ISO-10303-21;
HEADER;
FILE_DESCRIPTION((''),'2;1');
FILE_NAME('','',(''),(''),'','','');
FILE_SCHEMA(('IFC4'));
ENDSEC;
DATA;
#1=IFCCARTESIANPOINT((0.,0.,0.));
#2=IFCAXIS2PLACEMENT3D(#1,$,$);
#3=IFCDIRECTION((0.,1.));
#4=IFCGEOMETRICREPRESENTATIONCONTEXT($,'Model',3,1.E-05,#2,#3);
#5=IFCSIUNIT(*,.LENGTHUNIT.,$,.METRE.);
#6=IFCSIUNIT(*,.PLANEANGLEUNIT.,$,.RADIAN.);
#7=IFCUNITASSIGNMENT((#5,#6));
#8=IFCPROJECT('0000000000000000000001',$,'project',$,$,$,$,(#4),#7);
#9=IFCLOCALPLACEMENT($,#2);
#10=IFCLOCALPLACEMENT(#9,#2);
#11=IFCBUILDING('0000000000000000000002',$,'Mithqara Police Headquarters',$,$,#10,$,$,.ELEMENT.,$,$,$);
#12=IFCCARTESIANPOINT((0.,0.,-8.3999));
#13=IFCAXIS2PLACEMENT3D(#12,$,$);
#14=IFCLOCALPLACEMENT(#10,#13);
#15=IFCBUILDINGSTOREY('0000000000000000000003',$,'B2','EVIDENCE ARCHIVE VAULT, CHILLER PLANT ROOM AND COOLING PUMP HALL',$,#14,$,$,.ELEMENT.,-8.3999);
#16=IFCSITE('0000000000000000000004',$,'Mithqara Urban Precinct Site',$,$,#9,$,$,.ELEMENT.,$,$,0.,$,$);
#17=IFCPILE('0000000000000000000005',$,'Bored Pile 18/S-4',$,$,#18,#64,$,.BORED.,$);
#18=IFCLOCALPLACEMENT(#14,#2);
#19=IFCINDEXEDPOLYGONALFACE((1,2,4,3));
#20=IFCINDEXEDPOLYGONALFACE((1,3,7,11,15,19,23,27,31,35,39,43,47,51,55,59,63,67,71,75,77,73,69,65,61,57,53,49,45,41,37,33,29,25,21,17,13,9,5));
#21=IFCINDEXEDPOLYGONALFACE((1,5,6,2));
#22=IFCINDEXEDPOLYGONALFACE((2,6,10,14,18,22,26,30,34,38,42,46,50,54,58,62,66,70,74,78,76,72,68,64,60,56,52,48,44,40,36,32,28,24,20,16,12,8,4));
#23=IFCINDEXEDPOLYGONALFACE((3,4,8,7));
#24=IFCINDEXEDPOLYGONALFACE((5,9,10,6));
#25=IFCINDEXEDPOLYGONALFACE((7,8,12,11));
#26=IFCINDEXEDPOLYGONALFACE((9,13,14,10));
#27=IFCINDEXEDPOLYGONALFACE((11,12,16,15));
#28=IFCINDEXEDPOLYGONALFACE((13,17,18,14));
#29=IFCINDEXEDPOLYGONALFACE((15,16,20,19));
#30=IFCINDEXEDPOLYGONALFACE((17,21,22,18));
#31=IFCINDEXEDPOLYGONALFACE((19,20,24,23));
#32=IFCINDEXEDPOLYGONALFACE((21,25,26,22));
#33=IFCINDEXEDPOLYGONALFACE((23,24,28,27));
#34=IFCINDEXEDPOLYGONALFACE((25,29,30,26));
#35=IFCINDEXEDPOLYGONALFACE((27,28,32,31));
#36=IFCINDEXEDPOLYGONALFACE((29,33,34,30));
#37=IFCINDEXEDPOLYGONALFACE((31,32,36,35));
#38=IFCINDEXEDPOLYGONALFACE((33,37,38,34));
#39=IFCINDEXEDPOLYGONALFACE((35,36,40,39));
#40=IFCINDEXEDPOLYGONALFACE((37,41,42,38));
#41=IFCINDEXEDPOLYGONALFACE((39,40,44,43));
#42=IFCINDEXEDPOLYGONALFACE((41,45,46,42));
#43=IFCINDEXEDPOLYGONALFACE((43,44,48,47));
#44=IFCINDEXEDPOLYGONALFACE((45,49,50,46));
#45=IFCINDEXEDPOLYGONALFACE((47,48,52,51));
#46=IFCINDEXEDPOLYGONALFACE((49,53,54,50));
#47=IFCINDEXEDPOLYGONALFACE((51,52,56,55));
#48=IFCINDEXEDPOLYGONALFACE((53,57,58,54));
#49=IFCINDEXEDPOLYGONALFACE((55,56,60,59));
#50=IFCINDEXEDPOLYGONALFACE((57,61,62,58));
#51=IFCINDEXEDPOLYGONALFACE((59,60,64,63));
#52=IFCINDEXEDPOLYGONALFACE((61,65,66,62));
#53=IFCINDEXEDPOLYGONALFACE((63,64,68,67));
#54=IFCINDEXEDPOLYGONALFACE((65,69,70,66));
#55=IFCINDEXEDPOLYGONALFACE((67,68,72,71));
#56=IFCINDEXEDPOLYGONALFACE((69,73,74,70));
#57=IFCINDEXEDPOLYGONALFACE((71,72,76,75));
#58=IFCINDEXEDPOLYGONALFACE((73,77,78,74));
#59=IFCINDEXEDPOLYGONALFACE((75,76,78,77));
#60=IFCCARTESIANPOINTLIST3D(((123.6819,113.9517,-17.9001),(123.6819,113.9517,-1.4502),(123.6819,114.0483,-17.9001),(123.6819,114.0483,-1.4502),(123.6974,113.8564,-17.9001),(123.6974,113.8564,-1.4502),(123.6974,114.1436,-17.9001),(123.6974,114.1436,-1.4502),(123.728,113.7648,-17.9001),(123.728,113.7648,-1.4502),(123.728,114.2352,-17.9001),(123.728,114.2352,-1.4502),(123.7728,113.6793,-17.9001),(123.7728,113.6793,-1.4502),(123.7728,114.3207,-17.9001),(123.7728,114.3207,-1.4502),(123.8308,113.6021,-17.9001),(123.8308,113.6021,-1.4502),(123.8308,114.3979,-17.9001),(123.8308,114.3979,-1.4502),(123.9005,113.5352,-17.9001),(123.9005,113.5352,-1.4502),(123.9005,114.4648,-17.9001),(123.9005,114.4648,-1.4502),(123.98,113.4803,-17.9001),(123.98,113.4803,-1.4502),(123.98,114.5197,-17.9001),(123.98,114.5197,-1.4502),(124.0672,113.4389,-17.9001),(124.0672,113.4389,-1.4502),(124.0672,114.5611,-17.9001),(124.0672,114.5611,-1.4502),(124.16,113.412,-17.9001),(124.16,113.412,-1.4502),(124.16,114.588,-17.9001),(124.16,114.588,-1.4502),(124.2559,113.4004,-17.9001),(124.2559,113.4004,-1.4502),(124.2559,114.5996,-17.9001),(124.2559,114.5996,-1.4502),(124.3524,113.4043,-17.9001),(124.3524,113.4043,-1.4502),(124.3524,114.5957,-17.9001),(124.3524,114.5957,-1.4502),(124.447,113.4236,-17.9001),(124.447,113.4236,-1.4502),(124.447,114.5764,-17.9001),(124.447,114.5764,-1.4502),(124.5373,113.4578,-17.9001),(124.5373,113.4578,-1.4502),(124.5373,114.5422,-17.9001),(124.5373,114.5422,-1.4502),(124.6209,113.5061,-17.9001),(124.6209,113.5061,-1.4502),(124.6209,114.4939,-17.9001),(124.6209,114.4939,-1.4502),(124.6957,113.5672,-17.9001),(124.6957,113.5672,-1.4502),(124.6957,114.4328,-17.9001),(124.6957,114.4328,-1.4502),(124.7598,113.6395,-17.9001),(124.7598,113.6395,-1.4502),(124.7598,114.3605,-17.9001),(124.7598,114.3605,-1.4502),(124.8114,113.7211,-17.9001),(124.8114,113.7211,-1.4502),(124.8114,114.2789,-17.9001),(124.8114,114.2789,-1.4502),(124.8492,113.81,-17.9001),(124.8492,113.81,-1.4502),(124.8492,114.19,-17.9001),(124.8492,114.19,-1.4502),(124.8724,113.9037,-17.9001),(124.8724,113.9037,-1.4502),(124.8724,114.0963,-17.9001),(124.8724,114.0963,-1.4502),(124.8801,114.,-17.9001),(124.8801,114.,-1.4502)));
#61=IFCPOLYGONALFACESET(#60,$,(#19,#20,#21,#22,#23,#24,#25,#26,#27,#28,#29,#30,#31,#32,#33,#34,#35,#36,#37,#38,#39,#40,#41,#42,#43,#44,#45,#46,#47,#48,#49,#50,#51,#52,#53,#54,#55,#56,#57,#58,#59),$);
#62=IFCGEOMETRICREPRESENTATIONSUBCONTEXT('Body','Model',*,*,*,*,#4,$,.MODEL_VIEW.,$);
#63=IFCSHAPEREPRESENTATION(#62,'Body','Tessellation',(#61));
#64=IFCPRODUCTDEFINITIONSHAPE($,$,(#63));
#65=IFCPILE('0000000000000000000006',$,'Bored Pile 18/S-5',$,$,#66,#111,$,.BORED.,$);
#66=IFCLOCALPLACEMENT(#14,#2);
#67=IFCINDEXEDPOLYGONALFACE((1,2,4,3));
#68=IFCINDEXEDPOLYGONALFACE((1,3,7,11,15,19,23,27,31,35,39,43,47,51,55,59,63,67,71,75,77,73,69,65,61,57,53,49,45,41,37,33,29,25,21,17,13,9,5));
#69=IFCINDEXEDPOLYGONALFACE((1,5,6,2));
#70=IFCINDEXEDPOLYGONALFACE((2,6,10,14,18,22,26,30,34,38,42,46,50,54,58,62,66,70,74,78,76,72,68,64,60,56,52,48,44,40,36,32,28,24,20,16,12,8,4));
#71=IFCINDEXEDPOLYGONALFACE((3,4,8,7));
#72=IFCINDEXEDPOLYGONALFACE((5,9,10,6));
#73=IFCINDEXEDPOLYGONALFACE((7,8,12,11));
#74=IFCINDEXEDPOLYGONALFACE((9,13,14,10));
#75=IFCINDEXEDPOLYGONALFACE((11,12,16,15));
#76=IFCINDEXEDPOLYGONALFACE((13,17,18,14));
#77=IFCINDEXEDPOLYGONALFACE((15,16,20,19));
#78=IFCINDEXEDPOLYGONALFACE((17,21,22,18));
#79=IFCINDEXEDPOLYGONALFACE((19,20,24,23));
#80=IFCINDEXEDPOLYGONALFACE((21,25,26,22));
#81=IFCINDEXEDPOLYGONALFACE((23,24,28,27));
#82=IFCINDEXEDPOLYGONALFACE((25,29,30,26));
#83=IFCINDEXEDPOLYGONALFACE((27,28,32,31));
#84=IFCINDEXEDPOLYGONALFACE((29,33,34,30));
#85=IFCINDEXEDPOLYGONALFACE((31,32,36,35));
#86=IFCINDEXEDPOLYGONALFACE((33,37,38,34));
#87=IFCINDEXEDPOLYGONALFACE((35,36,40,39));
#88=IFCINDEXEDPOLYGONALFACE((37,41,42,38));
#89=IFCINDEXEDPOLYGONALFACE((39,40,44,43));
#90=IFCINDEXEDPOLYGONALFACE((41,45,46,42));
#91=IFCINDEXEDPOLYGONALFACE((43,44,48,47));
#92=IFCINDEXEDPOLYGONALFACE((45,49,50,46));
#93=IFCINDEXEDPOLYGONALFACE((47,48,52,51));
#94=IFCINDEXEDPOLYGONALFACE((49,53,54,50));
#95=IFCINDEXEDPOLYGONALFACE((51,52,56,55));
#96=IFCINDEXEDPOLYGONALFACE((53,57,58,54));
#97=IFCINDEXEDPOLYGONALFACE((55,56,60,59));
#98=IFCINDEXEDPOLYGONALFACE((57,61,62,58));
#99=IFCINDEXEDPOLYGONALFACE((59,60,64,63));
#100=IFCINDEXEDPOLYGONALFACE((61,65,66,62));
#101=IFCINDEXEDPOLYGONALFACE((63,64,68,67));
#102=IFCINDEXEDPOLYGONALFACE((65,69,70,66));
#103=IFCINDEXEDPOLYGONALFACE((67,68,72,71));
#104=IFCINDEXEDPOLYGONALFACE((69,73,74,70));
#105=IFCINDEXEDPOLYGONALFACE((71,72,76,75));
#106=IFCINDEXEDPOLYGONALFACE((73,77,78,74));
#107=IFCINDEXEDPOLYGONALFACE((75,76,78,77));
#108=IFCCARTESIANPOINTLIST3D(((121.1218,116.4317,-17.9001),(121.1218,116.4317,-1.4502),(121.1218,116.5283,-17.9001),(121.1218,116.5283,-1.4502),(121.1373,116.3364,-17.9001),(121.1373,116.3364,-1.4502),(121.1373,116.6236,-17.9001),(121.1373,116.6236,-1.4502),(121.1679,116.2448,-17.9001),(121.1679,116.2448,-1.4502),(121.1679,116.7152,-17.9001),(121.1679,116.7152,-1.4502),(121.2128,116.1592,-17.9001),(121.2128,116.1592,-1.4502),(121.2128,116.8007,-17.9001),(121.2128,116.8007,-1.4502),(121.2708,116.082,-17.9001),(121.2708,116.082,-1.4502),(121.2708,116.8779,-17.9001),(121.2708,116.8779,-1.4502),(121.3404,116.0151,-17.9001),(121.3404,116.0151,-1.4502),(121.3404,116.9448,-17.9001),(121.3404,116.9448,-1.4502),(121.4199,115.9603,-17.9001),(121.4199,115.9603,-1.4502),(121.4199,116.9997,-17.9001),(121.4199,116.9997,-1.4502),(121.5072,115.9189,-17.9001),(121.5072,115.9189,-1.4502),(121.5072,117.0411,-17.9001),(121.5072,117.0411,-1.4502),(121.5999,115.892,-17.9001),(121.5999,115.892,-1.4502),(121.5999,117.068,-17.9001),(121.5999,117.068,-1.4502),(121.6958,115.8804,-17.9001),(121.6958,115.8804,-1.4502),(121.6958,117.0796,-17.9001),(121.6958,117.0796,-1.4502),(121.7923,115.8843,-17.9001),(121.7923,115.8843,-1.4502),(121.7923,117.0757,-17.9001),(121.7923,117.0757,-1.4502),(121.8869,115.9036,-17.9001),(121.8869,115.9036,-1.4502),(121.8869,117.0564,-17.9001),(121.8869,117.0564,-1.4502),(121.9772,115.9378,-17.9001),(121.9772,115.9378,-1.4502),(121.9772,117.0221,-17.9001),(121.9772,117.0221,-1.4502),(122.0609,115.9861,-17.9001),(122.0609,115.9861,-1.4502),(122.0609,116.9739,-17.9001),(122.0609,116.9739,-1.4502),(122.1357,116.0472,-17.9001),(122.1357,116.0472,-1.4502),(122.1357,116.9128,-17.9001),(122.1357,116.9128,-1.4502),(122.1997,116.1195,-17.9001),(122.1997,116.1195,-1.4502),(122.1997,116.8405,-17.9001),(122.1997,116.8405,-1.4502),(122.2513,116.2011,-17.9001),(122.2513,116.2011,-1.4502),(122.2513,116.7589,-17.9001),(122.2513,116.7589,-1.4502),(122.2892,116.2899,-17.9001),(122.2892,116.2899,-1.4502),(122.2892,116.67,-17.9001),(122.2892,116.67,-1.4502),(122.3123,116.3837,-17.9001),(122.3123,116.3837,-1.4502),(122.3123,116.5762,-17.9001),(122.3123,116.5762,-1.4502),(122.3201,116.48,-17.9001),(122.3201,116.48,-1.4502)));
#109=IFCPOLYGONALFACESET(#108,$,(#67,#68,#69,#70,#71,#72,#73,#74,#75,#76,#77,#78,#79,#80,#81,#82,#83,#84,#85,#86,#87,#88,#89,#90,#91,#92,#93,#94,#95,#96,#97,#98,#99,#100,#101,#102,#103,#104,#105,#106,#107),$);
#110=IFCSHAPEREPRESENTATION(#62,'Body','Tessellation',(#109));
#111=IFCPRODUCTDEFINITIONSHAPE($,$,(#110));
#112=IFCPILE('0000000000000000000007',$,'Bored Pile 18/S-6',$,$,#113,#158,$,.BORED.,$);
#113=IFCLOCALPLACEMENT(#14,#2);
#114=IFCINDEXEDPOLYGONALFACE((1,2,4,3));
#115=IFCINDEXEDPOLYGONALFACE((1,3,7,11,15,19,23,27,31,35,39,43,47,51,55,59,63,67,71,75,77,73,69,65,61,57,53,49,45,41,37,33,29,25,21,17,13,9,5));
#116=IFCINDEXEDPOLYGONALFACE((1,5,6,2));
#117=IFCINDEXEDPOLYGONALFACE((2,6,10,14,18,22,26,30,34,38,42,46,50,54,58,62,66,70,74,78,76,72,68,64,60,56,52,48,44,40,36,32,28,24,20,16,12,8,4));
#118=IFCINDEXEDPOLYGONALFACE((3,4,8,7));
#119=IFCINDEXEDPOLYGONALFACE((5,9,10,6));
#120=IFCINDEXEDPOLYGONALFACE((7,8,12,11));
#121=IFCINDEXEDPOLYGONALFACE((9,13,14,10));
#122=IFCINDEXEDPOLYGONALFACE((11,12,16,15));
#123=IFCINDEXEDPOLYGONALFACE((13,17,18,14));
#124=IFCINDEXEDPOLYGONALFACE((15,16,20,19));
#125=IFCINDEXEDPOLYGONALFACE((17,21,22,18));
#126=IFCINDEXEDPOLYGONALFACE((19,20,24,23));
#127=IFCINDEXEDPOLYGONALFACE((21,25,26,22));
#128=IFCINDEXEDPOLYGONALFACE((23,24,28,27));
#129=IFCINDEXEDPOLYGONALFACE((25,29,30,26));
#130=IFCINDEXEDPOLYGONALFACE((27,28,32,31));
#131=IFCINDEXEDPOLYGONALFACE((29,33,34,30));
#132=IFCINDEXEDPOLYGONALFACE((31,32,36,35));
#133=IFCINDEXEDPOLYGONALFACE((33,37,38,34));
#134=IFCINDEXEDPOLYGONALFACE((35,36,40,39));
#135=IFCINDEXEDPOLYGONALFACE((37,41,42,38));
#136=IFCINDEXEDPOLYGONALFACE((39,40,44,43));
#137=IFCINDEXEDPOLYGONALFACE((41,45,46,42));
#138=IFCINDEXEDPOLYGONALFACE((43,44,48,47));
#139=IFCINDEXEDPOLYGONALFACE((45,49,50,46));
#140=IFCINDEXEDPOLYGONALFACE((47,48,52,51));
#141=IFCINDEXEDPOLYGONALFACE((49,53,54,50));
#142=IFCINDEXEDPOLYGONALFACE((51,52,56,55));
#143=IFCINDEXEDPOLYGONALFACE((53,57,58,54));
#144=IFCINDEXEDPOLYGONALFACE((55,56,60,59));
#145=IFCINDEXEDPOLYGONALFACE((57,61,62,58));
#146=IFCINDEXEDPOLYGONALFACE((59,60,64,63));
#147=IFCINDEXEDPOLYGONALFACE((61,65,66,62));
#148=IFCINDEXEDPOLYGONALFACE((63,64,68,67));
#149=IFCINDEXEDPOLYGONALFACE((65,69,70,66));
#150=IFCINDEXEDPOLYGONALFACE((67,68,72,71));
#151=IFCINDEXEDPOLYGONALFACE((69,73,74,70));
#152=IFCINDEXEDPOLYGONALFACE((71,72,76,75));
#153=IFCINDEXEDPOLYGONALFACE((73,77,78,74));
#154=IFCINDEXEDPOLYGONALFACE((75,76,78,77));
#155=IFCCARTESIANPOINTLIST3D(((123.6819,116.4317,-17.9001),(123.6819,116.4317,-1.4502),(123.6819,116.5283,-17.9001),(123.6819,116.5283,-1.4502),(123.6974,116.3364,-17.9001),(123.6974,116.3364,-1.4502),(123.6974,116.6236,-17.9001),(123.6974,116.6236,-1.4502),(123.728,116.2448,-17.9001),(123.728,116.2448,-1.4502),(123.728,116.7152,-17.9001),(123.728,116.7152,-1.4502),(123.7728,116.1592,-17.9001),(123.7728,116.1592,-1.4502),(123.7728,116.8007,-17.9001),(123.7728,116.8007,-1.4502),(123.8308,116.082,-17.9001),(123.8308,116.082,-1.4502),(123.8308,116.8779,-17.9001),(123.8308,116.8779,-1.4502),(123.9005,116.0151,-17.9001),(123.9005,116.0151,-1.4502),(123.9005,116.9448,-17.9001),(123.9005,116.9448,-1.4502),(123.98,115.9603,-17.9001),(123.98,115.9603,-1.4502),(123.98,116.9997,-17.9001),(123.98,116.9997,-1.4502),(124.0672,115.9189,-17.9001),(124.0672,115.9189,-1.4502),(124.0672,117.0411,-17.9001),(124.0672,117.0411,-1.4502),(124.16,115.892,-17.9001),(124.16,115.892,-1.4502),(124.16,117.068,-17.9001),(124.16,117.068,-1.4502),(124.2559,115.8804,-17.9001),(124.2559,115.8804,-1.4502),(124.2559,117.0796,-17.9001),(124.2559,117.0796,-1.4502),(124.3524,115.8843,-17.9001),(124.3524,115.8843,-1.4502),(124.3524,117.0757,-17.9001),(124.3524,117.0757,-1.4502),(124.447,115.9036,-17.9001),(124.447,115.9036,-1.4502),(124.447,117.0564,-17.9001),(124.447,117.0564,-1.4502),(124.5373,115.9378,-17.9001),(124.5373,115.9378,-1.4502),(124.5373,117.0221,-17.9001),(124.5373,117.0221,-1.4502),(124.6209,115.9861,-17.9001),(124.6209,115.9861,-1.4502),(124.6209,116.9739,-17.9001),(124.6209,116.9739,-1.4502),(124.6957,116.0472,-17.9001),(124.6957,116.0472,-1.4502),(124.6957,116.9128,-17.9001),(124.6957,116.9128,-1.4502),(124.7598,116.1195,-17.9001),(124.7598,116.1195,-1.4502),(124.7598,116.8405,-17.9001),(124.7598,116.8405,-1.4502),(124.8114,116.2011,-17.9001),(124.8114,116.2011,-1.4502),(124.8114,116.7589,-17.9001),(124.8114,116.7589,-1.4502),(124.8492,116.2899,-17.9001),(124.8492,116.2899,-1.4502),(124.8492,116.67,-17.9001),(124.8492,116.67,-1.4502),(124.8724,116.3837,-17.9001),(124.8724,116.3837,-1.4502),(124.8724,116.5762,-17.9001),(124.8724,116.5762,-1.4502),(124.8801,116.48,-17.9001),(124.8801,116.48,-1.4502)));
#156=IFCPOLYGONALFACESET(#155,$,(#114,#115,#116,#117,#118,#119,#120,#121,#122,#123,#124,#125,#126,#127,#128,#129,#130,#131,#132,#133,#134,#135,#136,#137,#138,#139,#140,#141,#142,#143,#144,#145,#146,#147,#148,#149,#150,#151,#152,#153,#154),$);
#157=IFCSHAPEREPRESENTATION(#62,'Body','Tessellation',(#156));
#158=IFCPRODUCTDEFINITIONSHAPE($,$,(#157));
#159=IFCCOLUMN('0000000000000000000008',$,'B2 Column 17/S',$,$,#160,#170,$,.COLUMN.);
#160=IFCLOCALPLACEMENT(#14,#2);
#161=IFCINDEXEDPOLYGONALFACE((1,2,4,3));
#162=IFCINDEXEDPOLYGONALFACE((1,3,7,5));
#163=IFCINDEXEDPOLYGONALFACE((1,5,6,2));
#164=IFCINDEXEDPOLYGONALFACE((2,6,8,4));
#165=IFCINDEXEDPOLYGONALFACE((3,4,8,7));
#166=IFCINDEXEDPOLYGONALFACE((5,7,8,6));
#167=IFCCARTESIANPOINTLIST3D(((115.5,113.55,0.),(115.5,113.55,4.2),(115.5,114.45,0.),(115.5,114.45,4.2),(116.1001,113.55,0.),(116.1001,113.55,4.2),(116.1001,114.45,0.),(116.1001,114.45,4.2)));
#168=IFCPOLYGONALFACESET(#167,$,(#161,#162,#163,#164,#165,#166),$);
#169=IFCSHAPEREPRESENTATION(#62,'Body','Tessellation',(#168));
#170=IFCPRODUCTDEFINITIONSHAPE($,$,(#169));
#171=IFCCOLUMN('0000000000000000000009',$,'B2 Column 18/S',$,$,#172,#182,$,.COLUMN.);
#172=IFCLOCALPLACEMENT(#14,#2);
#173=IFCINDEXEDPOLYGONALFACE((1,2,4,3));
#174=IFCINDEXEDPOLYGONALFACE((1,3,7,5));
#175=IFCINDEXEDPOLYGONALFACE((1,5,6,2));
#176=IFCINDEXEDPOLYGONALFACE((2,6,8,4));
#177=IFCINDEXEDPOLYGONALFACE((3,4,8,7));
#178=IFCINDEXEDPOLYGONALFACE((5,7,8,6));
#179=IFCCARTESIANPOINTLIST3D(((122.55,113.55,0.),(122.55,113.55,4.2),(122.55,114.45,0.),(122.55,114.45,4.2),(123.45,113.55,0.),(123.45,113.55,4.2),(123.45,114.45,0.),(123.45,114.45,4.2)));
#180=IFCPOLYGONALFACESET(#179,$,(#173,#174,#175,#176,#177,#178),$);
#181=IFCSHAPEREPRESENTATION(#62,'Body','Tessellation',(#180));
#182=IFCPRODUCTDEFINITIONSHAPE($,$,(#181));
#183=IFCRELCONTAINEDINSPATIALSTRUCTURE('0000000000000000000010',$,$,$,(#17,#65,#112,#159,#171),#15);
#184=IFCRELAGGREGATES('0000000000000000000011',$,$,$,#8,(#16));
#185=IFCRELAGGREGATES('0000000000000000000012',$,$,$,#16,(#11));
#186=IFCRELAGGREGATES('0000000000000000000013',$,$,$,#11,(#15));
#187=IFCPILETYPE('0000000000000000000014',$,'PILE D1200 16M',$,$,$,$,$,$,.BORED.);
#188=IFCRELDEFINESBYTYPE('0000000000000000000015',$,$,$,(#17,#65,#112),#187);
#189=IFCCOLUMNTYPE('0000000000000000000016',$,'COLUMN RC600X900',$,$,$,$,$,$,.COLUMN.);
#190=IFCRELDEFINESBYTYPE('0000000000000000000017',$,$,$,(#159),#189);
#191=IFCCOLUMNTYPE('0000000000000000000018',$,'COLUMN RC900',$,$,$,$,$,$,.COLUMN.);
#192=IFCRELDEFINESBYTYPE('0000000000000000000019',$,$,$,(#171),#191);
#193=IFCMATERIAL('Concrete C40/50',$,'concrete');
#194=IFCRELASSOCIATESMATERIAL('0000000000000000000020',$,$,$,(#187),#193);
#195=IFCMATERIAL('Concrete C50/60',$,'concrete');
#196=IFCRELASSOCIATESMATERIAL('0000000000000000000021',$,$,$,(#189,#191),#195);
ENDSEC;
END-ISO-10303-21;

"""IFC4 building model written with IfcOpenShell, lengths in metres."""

from ifc_helpers import new_model, si_unit, direction, frame, origin, origin_2d, place, context, subcontext, project, spatial, rectangle, circle, extrude, material, material_profile, profile_set, type_object, element, save


model = new_model("IFC4")

# Units and contexts
model_context = context("Model", 3, precision=1e-05, world=origin(), true_north=direction((0.0, 1.0)))
body_context = subcontext(model_context, "Body", "Model", "MODEL_VIEW")
ifc_project = project(units=[si_unit("LENGTHUNIT", "METRE"), si_unit("PLANEANGLEUNIT", "RADIAN")], contexts=[model_context])

# Site, building, storey
site_placement = place(None, origin())
site = spatial("IfcSite", under=ifc_project, at=site_placement, Name="Mithqara Urban Precinct Site", CompositionType="ELEMENT", RefElevation=0.0)
building_placement = place(site_placement, origin())
building = spatial("IfcBuilding", under=site, at=building_placement, Name="Mithqara Police Headquarters", CompositionType="ELEMENT")
storey_placement = place(building_placement, frame((0.0, 0.0, -8.3999)))
storey = spatial("IfcBuildingStorey", under=building, at=storey_placement, Name="B2", Description="EVIDENCE ARCHIVE VAULT, CHILLER PLANT ROOM AND COOLING PUMP HALL", CompositionType="ELEMENT", Elevation=-8.3999)

# Shared definitions
ifc_material_1 = material(Name="Concrete C40/50", Category="concrete")

# Piles
ifc_material_profile_1 = material_profile(ifc_material_1, circle(Radius=0.6001, at=origin_2d()), Name="PILE D1200")
ifc_profile_set_1 = profile_set([ifc_material_profile_1], Name="Concrete C40/50")
pile_type = type_object("IfcPileType", Name="PILE D1200 16M", PredefinedType="BORED", material=ifc_profile_set_1)
for number, where, z_axis, x_axis, name in (
    (1, (124.28, 114.0, -1.4502), (0.0, 0.0, -1.0), (1.0, 0.0, 0.0), "Bored Pile 18/S-4"),
    (2, (121.72, 116.48, -1.4502), (0.0, 0.0, -1.0), (1.0, 0.0, 0.0), "Bored Pile 18/S-5"),
    (3, (124.28, 116.48, -1.4502), (0.0, 0.0, -1.0), (1.0, 0.0, 0.0), "Bored Pile 18/S-6"),
):
    element("IfcPile", number, at=place(storey_placement, frame(where, z_axis=z_axis, x_axis=x_axis)), inside=storey, type_object=pile_type, Name=name, PredefinedType="BORED", context=body_context, shape_type="SweptSolid", body=[
        extrude(circle(Radius=0.6001, at=origin_2d()), origin(), (0.0, 0.0, 1.0), 16.45),
    ])

# Columns
ifc_material_2 = material(Name="Concrete C50/60", Category="concrete")
ifc_material_profile_2 = material_profile(ifc_material_2, rectangle(XDim=0.6001, YDim=0.8999, at=origin_2d()), Name="RC 600x900")
ifc_profile_set_2 = profile_set([ifc_material_profile_2], Name="Concrete C50/60")
column_type_1 = type_object("IfcColumnType", Name="COLUMN RC600X900", PredefinedType="COLUMN", material=ifc_profile_set_2)
column_1_placement = place(storey_placement, frame((115.8, 114.0, 0.0), z_axis=(0.0, 0.0, 1.0), x_axis=(1.0, 0.0, 0.0)))
element("IfcColumn", 4, at=column_1_placement, inside=storey, type_object=column_type_1, Name="B2 Column 17/S", PredefinedType="COLUMN", context=body_context, shape_type="SweptSolid", body=[
    extrude(rectangle(XDim=0.6001, YDim=0.8999, at=origin_2d()), origin(), (0.0, 0.0, 1.0), 4.2),
])
ifc_material_profile_3 = material_profile(ifc_material_2, rectangle(XDim=0.8999, YDim=0.8999, at=origin_2d()), Name="RC 900x900")
ifc_profile_set_3 = profile_set([ifc_material_profile_3], Name="Concrete C50/60")
column_type_2 = type_object("IfcColumnType", Name="COLUMN RC900", PredefinedType="COLUMN", material=ifc_profile_set_3)
column_2_placement = place(storey_placement, frame((123.0, 114.0, 0.0), z_axis=(0.0, 0.0, 1.0), x_axis=(1.0, 0.0, 0.0)))
element("IfcColumn", 5, at=column_2_placement, inside=storey, type_object=column_type_2, Name="B2 Column 18/S", PredefinedType="COLUMN", context=body_context, shape_type="SweptSolid", body=[
    extrude(rectangle(XDim=0.8999, YDim=0.8999, at=origin_2d()), origin(), (0.0, 0.0, 1.0), 4.2),
])

save(model, "model.ifc")
